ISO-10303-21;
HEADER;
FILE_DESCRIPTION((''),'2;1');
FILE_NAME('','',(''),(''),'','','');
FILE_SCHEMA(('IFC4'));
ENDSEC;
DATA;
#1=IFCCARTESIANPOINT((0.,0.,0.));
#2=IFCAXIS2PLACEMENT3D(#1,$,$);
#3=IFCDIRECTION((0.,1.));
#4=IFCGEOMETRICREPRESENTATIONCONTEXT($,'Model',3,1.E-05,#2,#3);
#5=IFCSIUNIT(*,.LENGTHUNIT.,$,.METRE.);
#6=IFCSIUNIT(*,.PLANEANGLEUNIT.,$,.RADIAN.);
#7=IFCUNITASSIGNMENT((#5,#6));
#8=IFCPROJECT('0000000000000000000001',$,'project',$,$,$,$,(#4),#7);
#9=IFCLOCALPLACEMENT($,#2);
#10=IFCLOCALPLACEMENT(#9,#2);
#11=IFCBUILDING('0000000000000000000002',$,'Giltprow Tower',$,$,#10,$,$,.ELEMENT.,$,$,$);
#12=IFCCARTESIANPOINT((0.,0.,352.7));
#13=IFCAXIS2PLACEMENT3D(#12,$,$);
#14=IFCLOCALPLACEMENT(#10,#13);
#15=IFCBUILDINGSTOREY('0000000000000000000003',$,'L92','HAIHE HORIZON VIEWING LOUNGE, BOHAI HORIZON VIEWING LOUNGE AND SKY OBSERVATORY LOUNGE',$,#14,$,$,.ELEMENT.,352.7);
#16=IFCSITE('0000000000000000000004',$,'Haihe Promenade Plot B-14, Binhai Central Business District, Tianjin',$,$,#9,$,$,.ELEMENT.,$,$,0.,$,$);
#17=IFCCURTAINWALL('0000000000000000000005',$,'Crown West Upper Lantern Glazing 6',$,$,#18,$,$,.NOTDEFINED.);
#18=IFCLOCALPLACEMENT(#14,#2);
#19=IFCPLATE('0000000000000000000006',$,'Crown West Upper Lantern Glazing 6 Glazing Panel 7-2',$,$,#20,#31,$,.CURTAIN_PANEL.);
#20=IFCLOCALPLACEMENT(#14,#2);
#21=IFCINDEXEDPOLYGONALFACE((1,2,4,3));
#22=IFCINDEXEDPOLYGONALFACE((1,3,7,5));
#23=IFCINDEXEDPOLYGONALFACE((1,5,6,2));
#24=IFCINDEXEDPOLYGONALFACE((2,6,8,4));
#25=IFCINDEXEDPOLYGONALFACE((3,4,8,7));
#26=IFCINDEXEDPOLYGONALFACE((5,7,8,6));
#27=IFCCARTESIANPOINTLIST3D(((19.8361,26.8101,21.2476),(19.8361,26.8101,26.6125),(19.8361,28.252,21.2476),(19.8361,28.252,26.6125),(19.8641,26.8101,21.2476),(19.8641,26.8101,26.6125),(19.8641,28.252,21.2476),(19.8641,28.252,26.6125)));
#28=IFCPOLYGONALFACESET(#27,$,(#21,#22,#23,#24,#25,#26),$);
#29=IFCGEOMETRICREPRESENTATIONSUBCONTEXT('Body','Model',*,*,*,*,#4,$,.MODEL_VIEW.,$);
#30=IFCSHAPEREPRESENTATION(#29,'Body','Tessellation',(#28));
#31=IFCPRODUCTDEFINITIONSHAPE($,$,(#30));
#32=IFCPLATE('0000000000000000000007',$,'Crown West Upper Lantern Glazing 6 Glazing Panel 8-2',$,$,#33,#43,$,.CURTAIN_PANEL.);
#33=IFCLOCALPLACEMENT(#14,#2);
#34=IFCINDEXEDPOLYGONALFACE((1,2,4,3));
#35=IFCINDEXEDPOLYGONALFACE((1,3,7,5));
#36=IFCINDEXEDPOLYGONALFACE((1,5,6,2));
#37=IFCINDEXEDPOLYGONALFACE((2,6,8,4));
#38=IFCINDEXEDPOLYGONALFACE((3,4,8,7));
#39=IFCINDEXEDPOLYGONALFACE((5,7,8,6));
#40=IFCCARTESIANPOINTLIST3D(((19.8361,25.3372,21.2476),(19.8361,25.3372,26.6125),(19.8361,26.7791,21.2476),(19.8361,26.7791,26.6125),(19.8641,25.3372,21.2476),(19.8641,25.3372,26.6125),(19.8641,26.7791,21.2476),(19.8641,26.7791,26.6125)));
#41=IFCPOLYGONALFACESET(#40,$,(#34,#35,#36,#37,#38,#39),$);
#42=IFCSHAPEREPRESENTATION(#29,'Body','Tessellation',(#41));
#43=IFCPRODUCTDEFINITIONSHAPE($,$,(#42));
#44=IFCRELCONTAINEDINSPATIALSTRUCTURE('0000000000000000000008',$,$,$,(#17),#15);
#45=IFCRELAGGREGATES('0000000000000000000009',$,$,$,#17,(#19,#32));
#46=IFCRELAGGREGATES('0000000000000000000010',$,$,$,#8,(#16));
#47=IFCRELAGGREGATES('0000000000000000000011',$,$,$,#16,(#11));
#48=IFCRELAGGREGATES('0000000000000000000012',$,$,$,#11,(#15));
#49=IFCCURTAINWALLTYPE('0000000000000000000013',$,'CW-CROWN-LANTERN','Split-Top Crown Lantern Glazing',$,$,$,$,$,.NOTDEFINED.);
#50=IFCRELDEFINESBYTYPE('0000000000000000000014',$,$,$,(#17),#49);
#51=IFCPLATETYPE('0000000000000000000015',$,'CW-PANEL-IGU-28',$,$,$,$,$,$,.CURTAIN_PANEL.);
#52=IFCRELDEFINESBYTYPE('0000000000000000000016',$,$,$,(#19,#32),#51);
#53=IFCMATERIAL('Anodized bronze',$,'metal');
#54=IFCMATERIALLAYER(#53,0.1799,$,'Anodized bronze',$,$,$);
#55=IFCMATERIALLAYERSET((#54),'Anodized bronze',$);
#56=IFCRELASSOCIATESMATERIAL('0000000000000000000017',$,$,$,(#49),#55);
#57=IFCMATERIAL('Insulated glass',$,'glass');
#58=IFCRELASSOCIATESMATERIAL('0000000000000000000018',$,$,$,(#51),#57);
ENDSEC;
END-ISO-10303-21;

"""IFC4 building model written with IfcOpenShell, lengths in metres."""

from ifc_helpers import new_model, si_unit, direction, frame, origin, origin_2d, place, context, subcontext, project, spatial, rectangle, extrude, source, transform, mapped, material, layer, layer_set, type_object, element, aggregate, save


model = new_model("IFC4")

# Units and contexts
model_context = context("Model", 3, precision=1e-05, world=origin(), true_north=direction((0.0, 1.0)))
body_context = subcontext(model_context, "Body", "Model", "MODEL_VIEW")
ifc_project = project(units=[si_unit("LENGTHUNIT", "METRE"), si_unit("PLANEANGLEUNIT", "RADIAN")], contexts=[model_context])

# Site, building, storey
site_placement = place(None, origin())
site = spatial("IfcSite", under=ifc_project, at=site_placement, Name="Haihe Promenade Plot B-14, Binhai Central Business District, Tianjin", CompositionType="ELEMENT", RefElevation=0.0)
building_placement = place(site_placement, origin())
building = spatial("IfcBuilding", under=site, at=building_placement, Name="Giltprow Tower", CompositionType="ELEMENT")
storey_placement = place(building_placement, frame((0.0, 0.0, 352.7)))
storey = spatial("IfcBuildingStorey", under=building, at=storey_placement, Name="L92", Description="HAIHE HORIZON VIEWING LOUNGE, BOHAI HORIZON VIEWING LOUNGE AND SKY OBSERVATORY LOUNGE", CompositionType="ELEMENT", Elevation=352.7)

# Curtain wall
ifc_material_1 = material(Name="Anodized bronze", Category="metal")
ifc_layer = layer(ifc_material_1, 0.1799, Name="Anodized bronze")
ifc_layer_set = layer_set([ifc_layer], Name="Anodized bronze")
curtain_wall_type = type_object("IfcCurtainWallType", Name="CW-CROWN-LANTERN", Description="Split-Top Crown Lantern Glazing", PredefinedType="NOTDEFINED", material=ifc_layer_set)
curtain_wall_1_placement = place(storey_placement, origin())
curtain_wall_1 = element("IfcCurtainWall", 1, at=curtain_wall_1_placement, inside=storey, type_object=curtain_wall_type, Name="Crown West Upper Lantern Glazing 6", PredefinedType="NOTDEFINED")

# Shared definitions
ifc_material_2 = material(Name="Insulated glass", Category="glass")
plate_type = type_object("IfcPlateType", Name="CW-PANEL-IGU-28", PredefinedType="CURTAIN_PANEL", material=ifc_material_2)

# Plates
shared_shape_1 = source(origin(), body_context, "Body", "SweptSolid", [
    extrude(rectangle(XDim=1.4419, YDim=0.0281, at=origin_2d()), origin(), (0.0, 0.0, 1.0), 5.365),
])
plate_1_placement = place(storey_placement, frame((19.8501, 27.531, 21.2476), z_axis=(0.0, 0.0, 1.0), x_axis=(0.0, -1.0, 0.0)))
plate_1 = element("IfcPlate", 2, at=plate_1_placement, type_object=plate_type, Name="Crown West Upper Lantern Glazing 6 Glazing Panel 7-2", PredefinedType="CURTAIN_PANEL", context=body_context, shape_type="MappedRepresentation", body=[
    mapped(shared_shape_1, transform((0.0, 0.0, 0.0), x_axis=(1.0, 0.0, 0.0), y_axis=(0.0, 1.0, 0.0), z_axis=(0.0, 0.0, 1.0), scale=1.0)),
])
plate_2_placement = place(storey_placement, frame((19.8501, 26.0581, 21.2476), z_axis=(0.0, 0.0, 1.0), x_axis=(0.0, -1.0, 0.0)))
plate_2 = element("IfcPlate", 3, at=plate_2_placement, type_object=plate_type, Name="Crown West Upper Lantern Glazing 6 Glazing Panel 8-2", PredefinedType="CURTAIN_PANEL", context=body_context, shape_type="MappedRepresentation", body=[
    mapped(shared_shape_1, transform((0.0, 0.0, 0.0), x_axis=(1.0, 0.0, 0.0), y_axis=(0.0, 1.0, 0.0), z_axis=(0.0, 0.0, 1.0), scale=1.0)),
])
aggregate(curtain_wall_1, [plate_1, plate_2])

save(model, "model.ifc")
